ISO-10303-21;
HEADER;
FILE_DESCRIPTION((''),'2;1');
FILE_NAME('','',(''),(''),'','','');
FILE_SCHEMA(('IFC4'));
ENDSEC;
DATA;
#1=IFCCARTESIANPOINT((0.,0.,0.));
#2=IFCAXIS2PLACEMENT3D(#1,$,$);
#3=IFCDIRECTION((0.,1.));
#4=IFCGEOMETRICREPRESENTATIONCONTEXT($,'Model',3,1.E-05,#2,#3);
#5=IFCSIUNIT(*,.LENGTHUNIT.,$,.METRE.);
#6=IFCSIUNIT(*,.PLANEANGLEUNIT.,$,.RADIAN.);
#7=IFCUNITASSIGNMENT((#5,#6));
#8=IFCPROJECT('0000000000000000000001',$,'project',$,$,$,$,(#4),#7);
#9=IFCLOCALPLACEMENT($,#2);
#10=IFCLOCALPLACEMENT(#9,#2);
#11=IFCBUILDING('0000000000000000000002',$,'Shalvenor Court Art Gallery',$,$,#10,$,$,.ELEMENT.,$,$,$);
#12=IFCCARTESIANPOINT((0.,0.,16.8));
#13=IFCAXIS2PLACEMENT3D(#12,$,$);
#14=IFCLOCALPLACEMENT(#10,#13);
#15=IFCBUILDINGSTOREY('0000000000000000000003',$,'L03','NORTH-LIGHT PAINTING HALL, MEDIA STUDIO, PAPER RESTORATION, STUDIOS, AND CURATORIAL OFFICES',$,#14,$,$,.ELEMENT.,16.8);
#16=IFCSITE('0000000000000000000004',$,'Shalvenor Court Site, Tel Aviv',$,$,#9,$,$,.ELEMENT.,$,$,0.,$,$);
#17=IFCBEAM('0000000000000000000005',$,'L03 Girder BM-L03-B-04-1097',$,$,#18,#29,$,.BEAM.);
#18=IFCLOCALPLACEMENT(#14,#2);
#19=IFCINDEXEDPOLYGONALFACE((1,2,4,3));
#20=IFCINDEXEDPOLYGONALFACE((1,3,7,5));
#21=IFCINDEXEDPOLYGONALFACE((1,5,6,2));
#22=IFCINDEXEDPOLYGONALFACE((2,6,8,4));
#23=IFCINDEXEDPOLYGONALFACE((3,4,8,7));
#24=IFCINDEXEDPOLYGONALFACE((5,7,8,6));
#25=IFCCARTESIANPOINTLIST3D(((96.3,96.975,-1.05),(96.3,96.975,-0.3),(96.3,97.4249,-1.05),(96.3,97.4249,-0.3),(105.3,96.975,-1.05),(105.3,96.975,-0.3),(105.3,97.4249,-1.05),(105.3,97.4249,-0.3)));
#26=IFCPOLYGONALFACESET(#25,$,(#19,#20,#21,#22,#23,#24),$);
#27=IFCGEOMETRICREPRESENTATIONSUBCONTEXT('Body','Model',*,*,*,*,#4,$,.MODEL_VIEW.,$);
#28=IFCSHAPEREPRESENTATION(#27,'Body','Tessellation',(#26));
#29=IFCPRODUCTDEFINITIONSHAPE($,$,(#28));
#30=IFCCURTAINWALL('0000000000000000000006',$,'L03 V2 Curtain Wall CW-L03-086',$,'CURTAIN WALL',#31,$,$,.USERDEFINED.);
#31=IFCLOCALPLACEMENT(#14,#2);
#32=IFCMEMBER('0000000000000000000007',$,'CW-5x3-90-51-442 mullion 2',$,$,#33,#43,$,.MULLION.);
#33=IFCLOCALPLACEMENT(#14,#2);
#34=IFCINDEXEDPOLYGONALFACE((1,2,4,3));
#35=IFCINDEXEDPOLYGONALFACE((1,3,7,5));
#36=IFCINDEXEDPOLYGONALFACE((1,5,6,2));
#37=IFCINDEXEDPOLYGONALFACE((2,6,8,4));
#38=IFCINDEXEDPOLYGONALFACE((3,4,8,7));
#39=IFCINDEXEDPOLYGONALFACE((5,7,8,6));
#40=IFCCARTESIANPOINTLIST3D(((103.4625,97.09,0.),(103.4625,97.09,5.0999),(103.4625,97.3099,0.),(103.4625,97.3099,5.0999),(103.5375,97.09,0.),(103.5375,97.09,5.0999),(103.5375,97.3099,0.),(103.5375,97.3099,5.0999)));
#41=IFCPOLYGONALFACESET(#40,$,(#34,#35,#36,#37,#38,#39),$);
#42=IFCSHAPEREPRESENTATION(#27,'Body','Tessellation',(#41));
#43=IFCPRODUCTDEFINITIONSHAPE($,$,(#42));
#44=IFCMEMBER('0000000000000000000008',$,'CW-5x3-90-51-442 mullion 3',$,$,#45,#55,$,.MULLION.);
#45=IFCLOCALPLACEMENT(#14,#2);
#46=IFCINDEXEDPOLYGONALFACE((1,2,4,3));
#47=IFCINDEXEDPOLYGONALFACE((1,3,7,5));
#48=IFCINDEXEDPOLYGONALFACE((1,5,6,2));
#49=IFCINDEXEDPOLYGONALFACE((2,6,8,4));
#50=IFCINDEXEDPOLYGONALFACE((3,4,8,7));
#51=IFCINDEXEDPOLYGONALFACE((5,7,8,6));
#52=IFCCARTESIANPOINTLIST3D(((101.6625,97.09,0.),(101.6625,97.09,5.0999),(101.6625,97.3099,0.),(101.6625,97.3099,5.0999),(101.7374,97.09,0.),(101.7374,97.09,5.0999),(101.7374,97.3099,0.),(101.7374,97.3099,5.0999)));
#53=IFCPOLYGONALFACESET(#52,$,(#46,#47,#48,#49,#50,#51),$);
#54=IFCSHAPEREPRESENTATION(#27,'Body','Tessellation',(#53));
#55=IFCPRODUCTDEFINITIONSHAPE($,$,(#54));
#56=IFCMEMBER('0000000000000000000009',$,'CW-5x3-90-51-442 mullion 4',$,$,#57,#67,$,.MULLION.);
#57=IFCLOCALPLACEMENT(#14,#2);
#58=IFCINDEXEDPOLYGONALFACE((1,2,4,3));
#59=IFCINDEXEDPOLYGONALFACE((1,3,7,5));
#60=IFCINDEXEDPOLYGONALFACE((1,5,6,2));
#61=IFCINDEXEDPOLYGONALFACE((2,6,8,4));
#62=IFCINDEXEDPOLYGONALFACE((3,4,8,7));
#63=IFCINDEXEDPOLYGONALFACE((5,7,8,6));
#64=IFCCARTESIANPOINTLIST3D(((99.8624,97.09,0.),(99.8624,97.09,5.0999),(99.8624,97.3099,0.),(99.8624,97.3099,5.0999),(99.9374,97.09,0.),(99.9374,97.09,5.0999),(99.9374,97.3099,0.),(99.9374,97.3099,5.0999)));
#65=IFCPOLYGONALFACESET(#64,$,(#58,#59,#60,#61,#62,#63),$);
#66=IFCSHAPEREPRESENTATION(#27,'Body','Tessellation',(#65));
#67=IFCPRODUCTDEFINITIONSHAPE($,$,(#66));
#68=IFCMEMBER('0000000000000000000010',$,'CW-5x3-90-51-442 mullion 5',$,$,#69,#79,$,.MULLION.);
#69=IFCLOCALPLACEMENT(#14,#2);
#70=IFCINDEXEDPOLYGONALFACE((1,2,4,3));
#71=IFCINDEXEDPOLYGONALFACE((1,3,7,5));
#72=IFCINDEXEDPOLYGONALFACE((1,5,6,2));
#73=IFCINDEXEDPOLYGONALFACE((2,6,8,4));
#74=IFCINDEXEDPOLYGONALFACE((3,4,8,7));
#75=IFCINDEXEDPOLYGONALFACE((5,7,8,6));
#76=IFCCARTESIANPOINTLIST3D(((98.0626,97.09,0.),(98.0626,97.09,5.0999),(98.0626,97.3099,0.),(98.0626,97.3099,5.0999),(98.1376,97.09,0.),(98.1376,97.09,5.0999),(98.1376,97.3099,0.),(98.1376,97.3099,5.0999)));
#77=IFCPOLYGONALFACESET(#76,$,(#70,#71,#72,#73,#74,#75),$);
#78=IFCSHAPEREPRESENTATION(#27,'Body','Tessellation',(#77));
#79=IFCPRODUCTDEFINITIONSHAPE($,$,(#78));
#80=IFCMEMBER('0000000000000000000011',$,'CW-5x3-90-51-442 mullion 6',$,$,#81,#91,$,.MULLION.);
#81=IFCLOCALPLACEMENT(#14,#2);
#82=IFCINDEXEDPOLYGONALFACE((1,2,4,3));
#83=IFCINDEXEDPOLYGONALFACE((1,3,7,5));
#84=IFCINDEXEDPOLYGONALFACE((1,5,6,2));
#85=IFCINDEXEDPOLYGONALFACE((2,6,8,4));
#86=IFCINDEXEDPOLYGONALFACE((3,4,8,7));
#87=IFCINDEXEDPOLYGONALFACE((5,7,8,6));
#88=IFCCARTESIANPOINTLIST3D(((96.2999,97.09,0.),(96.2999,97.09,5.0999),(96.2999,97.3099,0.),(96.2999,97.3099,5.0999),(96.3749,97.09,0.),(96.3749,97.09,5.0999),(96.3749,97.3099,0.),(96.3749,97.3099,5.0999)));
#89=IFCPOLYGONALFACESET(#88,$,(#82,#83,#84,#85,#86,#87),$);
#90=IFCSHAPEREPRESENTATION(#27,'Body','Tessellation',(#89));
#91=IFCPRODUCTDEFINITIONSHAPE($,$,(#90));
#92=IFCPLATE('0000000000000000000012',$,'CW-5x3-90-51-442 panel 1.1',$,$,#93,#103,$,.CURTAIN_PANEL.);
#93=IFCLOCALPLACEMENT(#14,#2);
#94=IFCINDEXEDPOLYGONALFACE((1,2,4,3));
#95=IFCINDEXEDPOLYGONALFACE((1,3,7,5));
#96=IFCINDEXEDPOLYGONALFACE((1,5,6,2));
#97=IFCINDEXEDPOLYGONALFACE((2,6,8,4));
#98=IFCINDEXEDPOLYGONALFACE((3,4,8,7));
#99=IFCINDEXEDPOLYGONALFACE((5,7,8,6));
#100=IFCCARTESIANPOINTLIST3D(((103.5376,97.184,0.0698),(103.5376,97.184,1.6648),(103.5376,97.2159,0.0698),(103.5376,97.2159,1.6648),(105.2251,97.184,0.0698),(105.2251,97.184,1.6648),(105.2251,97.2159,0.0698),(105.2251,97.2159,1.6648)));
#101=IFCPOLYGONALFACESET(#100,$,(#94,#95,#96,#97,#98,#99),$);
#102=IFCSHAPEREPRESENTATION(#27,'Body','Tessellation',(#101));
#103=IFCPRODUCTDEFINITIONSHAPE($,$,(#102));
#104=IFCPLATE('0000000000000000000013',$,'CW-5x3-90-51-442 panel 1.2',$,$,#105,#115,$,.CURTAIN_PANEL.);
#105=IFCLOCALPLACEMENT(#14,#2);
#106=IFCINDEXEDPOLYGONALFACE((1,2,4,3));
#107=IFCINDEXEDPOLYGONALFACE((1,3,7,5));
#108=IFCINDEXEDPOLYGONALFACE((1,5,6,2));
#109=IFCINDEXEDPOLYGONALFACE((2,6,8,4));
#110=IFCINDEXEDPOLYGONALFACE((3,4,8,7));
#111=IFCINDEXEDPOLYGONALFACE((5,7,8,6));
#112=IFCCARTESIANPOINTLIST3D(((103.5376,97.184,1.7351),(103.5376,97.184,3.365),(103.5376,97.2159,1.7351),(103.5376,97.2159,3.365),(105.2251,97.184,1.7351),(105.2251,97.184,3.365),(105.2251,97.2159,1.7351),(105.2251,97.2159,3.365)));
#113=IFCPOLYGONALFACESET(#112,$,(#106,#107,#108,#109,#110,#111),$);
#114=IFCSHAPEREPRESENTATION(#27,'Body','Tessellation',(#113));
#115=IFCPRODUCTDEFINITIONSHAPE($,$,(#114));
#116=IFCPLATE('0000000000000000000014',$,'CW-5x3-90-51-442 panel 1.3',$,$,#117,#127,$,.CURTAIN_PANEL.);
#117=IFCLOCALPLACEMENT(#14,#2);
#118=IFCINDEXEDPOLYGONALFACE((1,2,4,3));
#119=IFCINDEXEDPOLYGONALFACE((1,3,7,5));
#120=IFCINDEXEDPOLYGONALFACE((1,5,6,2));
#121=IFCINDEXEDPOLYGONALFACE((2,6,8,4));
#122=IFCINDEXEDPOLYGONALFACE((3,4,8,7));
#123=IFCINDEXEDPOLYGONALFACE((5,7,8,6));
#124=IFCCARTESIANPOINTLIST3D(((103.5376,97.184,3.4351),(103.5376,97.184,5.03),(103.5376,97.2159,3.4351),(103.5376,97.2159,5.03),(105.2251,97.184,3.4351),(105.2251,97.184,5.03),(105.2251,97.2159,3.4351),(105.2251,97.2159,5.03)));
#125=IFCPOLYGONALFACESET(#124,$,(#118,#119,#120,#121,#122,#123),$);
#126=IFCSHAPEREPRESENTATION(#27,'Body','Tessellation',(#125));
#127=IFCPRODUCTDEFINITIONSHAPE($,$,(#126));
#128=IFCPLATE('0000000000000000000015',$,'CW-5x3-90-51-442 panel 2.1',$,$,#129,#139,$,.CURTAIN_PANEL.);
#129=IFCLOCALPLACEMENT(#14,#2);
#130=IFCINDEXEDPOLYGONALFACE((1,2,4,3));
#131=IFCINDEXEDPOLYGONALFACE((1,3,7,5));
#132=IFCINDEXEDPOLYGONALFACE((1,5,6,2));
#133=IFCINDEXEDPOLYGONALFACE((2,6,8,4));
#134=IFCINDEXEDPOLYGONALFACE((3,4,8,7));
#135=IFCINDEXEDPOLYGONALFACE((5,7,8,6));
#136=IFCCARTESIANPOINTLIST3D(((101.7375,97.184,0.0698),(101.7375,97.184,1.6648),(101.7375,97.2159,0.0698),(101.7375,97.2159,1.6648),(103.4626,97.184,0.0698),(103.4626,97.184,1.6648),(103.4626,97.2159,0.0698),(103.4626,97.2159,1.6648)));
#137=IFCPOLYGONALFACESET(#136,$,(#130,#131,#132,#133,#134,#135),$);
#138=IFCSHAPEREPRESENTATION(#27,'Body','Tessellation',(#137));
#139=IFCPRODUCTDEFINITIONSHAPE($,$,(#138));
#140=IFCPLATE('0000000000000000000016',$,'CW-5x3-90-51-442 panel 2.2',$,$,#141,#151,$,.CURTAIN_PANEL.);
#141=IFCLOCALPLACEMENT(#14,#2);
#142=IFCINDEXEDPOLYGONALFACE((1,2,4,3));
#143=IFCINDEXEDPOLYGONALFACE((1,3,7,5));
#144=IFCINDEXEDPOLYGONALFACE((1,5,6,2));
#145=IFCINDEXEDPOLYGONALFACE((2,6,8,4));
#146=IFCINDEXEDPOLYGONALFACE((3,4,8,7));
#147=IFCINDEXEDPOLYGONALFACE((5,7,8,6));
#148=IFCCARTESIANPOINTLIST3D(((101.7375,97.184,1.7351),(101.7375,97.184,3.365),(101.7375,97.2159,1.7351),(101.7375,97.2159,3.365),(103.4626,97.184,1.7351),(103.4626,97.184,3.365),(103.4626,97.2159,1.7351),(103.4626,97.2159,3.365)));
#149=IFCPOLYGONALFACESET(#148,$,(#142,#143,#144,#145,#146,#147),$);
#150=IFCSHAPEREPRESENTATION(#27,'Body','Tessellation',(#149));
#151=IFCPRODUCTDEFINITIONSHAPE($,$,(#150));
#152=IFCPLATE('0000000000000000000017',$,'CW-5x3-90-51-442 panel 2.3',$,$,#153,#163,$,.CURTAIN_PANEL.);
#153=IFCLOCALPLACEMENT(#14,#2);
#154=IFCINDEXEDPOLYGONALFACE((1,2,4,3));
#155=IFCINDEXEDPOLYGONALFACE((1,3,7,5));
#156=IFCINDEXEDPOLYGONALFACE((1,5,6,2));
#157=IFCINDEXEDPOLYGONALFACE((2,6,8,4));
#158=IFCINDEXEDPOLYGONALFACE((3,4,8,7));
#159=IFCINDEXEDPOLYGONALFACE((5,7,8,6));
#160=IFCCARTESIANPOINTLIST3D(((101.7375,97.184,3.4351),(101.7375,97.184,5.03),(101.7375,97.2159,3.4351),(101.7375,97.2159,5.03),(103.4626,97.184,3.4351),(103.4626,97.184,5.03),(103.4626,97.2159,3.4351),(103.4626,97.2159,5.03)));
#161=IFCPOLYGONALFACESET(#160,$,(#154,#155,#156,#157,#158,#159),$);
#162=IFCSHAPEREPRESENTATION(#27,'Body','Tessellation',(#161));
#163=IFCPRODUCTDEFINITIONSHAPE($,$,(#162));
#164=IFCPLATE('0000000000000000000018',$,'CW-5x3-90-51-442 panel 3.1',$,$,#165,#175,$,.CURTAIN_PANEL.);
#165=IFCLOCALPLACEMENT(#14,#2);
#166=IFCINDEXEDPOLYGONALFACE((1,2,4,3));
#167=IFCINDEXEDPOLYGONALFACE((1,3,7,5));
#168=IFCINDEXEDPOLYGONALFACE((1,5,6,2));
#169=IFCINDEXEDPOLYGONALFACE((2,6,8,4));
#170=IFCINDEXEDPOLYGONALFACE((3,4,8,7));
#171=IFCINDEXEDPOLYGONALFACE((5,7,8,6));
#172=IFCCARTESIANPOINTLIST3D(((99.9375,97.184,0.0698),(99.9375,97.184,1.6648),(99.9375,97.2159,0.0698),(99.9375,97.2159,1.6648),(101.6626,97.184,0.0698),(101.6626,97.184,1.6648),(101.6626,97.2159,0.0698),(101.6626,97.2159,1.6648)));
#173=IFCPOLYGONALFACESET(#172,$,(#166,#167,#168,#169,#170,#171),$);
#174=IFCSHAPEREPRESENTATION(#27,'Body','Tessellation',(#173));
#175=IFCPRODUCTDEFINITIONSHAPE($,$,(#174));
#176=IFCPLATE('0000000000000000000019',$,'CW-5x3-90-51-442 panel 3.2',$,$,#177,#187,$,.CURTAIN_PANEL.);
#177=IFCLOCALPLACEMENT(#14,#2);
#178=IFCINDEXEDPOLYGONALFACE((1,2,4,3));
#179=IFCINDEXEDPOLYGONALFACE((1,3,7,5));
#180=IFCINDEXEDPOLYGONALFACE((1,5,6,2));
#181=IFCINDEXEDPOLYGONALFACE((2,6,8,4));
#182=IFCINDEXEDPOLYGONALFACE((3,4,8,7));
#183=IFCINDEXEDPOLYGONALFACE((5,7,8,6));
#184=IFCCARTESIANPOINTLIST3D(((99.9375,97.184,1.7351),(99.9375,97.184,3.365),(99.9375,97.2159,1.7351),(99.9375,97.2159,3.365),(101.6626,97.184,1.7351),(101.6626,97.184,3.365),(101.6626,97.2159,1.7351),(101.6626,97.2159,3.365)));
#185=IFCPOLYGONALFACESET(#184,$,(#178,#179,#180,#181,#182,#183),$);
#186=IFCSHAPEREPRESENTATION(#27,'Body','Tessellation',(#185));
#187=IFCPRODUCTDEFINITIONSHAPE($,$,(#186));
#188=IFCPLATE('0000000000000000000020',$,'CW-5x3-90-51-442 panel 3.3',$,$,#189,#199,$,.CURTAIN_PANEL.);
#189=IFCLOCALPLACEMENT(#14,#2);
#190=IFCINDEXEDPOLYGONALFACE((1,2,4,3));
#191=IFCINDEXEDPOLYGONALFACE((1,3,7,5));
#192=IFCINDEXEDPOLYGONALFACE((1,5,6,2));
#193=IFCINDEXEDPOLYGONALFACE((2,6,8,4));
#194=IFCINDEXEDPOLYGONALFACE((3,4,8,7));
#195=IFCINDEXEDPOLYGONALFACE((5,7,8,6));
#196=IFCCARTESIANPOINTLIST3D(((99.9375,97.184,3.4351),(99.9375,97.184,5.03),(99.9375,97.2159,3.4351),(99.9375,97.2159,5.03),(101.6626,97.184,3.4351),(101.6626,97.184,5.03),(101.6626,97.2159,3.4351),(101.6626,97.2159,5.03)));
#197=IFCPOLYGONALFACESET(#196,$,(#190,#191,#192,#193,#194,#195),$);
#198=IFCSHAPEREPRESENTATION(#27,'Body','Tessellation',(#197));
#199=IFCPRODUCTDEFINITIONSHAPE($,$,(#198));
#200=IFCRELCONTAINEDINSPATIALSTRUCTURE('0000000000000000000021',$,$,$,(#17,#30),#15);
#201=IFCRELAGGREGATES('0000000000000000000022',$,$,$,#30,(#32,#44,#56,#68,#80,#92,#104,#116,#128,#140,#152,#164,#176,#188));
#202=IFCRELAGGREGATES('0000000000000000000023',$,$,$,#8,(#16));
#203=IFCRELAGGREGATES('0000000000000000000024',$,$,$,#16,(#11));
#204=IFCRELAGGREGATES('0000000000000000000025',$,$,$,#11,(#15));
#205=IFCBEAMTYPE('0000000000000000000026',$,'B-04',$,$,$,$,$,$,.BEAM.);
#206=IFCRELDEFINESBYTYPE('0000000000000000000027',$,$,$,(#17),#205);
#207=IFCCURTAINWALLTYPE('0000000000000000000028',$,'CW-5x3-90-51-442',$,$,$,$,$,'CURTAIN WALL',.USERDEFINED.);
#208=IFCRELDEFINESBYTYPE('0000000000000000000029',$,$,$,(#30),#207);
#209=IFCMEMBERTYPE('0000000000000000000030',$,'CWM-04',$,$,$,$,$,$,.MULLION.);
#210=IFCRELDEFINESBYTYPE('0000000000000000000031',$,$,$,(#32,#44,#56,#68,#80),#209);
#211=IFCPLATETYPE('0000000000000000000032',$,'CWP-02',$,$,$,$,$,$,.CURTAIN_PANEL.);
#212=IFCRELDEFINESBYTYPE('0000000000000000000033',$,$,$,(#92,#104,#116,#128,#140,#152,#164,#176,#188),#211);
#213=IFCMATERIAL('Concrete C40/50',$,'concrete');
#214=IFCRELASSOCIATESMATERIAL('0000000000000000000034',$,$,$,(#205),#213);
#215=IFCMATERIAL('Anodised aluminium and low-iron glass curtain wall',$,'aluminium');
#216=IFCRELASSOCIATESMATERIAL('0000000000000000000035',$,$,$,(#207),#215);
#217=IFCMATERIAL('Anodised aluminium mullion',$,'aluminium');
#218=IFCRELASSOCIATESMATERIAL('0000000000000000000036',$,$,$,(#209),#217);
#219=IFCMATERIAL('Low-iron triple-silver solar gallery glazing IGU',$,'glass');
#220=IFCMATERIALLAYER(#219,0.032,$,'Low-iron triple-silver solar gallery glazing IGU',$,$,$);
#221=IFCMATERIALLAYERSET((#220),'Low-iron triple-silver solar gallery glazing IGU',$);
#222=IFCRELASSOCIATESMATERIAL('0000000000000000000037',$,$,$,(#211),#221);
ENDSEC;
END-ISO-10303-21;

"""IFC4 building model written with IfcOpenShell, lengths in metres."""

from ifc_helpers import new_model, si_unit, direction, frame, origin, origin_2d, place, context, subcontext, project, spatial, rectangle, extrude, material, layer, layer_set, material_profile, profile_set, type_object, element, aggregate, save


model = new_model("IFC4")

# Units and contexts
model_context = context("Model", 3, precision=1e-05, world=origin(), true_north=direction((0.0, 1.0)))
body_context = subcontext(model_context, "Body", "Model", "MODEL_VIEW")
ifc_project = project(units=[si_unit("LENGTHUNIT", "METRE"), si_unit("PLANEANGLEUNIT", "RADIAN")], contexts=[model_context])

# Site, building, storey
site_placement = place(None, origin())
site = spatial("IfcSite", under=ifc_project, at=site_placement, Name="Shalvenor Court Site, Tel Aviv", CompositionType="ELEMENT", RefElevation=0.0)
building_placement = place(site_placement, origin())
building = spatial("IfcBuilding", under=site, at=building_placement, Name="Shalvenor Court Art Gallery", CompositionType="ELEMENT")
storey_placement = place(building_placement, frame((0.0, 0.0, 16.8)))
storey = spatial("IfcBuildingStorey", under=building, at=storey_placement, Name="L03", Description="NORTH-LIGHT PAINTING HALL, MEDIA STUDIO, PAPER RESTORATION, STUDIOS, AND CURATORIAL OFFICES", CompositionType="ELEMENT", Elevation=16.8)

# Beam
ifc_material_1 = material(Name="Concrete C40/50", Category="concrete")
ifc_material_profile_1 = material_profile(ifc_material_1, rectangle(XDim=0.45, YDim=0.75, at=origin_2d()), Name="RC 450x750")
ifc_profile_set_1 = profile_set([ifc_material_profile_1], Name="Concrete C40/50")
beam_type = type_object("IfcBeamType", Name="B-04", PredefinedType="BEAM", material=ifc_profile_set_1)
beam_placement = place(storey_placement, frame((96.3, 97.2, -0.675), z_axis=(1.0, 0.0, 0.0), x_axis=(0.0, 1.0, 0.0)))
element("IfcBeam", 1, at=beam_placement, inside=storey, type_object=beam_type, Name="L03 Girder BM-L03-B-04-1097", PredefinedType="BEAM", context=body_context, shape_type="SweptSolid", body=[
    extrude(rectangle(XDim=0.45, YDim=0.75, at=origin_2d()), origin(), (0.0, 0.0, 1.0), 9.0),
])

# Curtain wall, members, plates
ifc_material_2 = material(Name="Anodised aluminium and low-iron glass curtain wall", Category="aluminium")
curtain_wall_type = type_object("IfcCurtainWallType", Name="CW-5x3-90-51-442", ElementType="CURTAIN WALL", PredefinedType="USERDEFINED", material=ifc_material_2)
curtain_wall_placement = place(storey_placement, origin())
curtain_wall = element("IfcCurtainWall", 2, at=curtain_wall_placement, inside=storey, type_object=curtain_wall_type, Name="L03 V2 Curtain Wall CW-L03-086", ObjectType="CURTAIN WALL", PredefinedType="USERDEFINED")
ifc_material_3 = material(Name="Anodised aluminium mullion", Category="aluminium")
ifc_material_profile_2 = material_profile(ifc_material_3, rectangle(XDim=0.075, YDim=0.22, at=origin_2d()), Name="CWM-04")
ifc_profile_set_2 = profile_set([ifc_material_profile_2], Name="Anodised aluminium mullion")
member_type = type_object("IfcMemberType", Name="CWM-04", PredefinedType="MULLION", material=ifc_profile_set_2)
member_1_placement = place(storey_placement, frame((103.5, 97.2, 0.0), z_axis=(0.0, 0.0, 1.0), x_axis=(-1.0, 0.0, 0.0)))
member_1 = element("IfcMember", 3, at=member_1_placement, type_object=member_type, Name="CW-5x3-90-51-442 mullion 2", PredefinedType="MULLION", context=body_context, shape_type="SweptSolid", body=[
    extrude(rectangle(XDim=0.075, YDim=0.22, at=origin_2d()), origin(), (0.0, 0.0, 1.0), 5.0999),
])
member_2_placement = place(storey_placement, frame((101.7, 97.2, 0.0), z_axis=(0.0, 0.0, 1.0), x_axis=(-1.0, 0.0, 0.0)))
member_2 = element("IfcMember", 4, at=member_2_placement, type_object=member_type, Name="CW-5x3-90-51-442 mullion 3", PredefinedType="MULLION", context=body_context, shape_type="SweptSolid", body=[
    extrude(rectangle(XDim=0.075, YDim=0.22, at=origin_2d()), origin(), (0.0, 0.0, 1.0), 5.0999),
])
member_3_placement = place(storey_placement, frame((99.8999, 97.2, 0.0), z_axis=(0.0, 0.0, 1.0), x_axis=(-1.0, 0.0, 0.0)))
member_3 = element("IfcMember", 5, at=member_3_placement, type_object=member_type, Name="CW-5x3-90-51-442 mullion 4", PredefinedType="MULLION", context=body_context, shape_type="SweptSolid", body=[
    extrude(rectangle(XDim=0.075, YDim=0.22, at=origin_2d()), origin(), (0.0, 0.0, 1.0), 5.0999),
])
member_4_placement = place(storey_placement, frame((98.1001, 97.2, 0.0), z_axis=(0.0, 0.0, 1.0), x_axis=(-1.0, 0.0, 0.0)))
member_4 = element("IfcMember", 6, at=member_4_placement, type_object=member_type, Name="CW-5x3-90-51-442 mullion 5", PredefinedType="MULLION", context=body_context, shape_type="SweptSolid", body=[
    extrude(rectangle(XDim=0.075, YDim=0.22, at=origin_2d()), origin(), (0.0, 0.0, 1.0), 5.0999),
])
member_5_placement = place(storey_placement, frame((96.3374, 97.2, 0.0), z_axis=(0.0, 0.0, 1.0), x_axis=(-1.0, 0.0, 0.0)))
member_5 = element("IfcMember", 7, at=member_5_placement, type_object=member_type, Name="CW-5x3-90-51-442 mullion 6", PredefinedType="MULLION", context=body_context, shape_type="SweptSolid", body=[
    extrude(rectangle(XDim=0.075, YDim=0.22, at=origin_2d()), origin(), (0.0, 0.0, 1.0), 5.0999),
])
ifc_material_4 = material(Name="Low-iron triple-silver solar gallery glazing IGU", Category="glass")
ifc_layer_1 = layer(ifc_material_4, 0.032, Name="Low-iron triple-silver solar gallery glazing IGU")
ifc_layer_set_1 = layer_set([ifc_layer_1], Name="Low-iron triple-silver solar gallery glazing IGU")
plate_type_1 = type_object("IfcPlateType", Name="CWP-02", PredefinedType="CURTAIN_PANEL", material=ifc_layer_set_1)
plate_1_placement = place(storey_placement, frame((104.3813, 97.2, 0.0698), z_axis=(0.0, 0.0, 1.0), x_axis=(-1.0, 0.0, 0.0)))
plate_1 = element("IfcPlate", 8, at=plate_1_placement, type_object=plate_type_1, Name="CW-5x3-90-51-442 panel 1.1", PredefinedType="CURTAIN_PANEL", context=body_context, shape_type="SweptSolid", body=[
    extrude(rectangle(XDim=1.6875, YDim=0.032, at=origin_2d()), origin(), (0.0, 0.0, 1.0), 1.595),
])
plate_2_placement = place(storey_placement, frame((104.3813, 97.2, 1.7351), z_axis=(0.0, 0.0, 1.0), x_axis=(-1.0, 0.0, 0.0)))
plate_2 = element("IfcPlate", 9, at=plate_2_placement, type_object=plate_type_1, Name="CW-5x3-90-51-442 panel 1.2", PredefinedType="CURTAIN_PANEL", context=body_context, shape_type="SweptSolid", body=[
    extrude(rectangle(XDim=1.6875, YDim=0.032, at=origin_2d()), origin(), (0.0, 0.0, 1.0), 1.6299),
])
plate_3_placement = place(storey_placement, frame((104.3813, 97.2, 3.4351), z_axis=(0.0, 0.0, 1.0), x_axis=(-1.0, 0.0, 0.0)))
plate_3 = element("IfcPlate", 10, at=plate_3_placement, type_object=plate_type_1, Name="CW-5x3-90-51-442 panel 1.3", PredefinedType="CURTAIN_PANEL", context=body_context, shape_type="SweptSolid", body=[
    extrude(rectangle(XDim=1.6875, YDim=0.032, at=origin_2d()), origin(), (0.0, 0.0, 1.0), 1.595),
])
plate_4_placement = place(storey_placement, frame((102.6001, 97.2, 0.0698), z_axis=(0.0, 0.0, 1.0), x_axis=(-1.0, 0.0, 0.0)))
plate_4 = element("IfcPlate", 11, at=plate_4_placement, type_object=plate_type_1, Name="CW-5x3-90-51-442 panel 2.1", PredefinedType="CURTAIN_PANEL", context=body_context, shape_type="SweptSolid", body=[
    extrude(rectangle(XDim=1.7251, YDim=0.032, at=origin_2d()), origin(), (0.0, 0.0, 1.0), 1.595),
])
plate_5_placement = place(storey_placement, frame((102.6001, 97.2, 1.7351), z_axis=(0.0, 0.0, 1.0), x_axis=(-1.0, 0.0, 0.0)))
plate_5 = element("IfcPlate", 12, at=plate_5_placement, type_object=plate_type_1, Name="CW-5x3-90-51-442 panel 2.2", PredefinedType="CURTAIN_PANEL", context=body_context, shape_type="SweptSolid", body=[
    extrude(rectangle(XDim=1.7251, YDim=0.032, at=origin_2d()), origin(), (0.0, 0.0, 1.0), 1.6299),
])
plate_6_placement = place(storey_placement, frame((102.6001, 97.2, 3.4351), z_axis=(0.0, 0.0, 1.0), x_axis=(-1.0, 0.0, 0.0)))
plate_6 = element("IfcPlate", 13, at=plate_6_placement, type_object=plate_type_1, Name="CW-5x3-90-51-442 panel 2.3", PredefinedType="CURTAIN_PANEL", context=body_context, shape_type="SweptSolid", body=[
    extrude(rectangle(XDim=1.7251, YDim=0.032, at=origin_2d()), origin(), (0.0, 0.0, 1.0), 1.595),
])
plate_7_placement = place(storey_placement, frame((100.8, 97.2, 0.0698), z_axis=(0.0, 0.0, 1.0), x_axis=(-1.0, 0.0, 0.0)))
plate_7 = element("IfcPlate", 14, at=plate_7_placement, type_object=plate_type_1, Name="CW-5x3-90-51-442 panel 3.1", PredefinedType="CURTAIN_PANEL", context=body_context, shape_type="SweptSolid", body=[
    extrude(rectangle(XDim=1.7251, YDim=0.032, at=origin_2d()), origin(), (0.0, 0.0, 1.0), 1.595),
])
plate_8_placement = place(storey_placement, frame((100.8, 97.2, 1.7351), z_axis=(0.0, 0.0, 1.0), x_axis=(-1.0, 0.0, 0.0)))
plate_8 = element("IfcPlate", 15, at=plate_8_placement, type_object=plate_type_1, Name="CW-5x3-90-51-442 panel 3.2", PredefinedType="CURTAIN_PANEL", context=body_context, shape_type="SweptSolid", body=[
    extrude(rectangle(XDim=1.7251, YDim=0.032, at=origin_2d()), origin(), (0.0, 0.0, 1.0), 1.6299),
])
plate_9_placement = place(storey_placement, frame((100.8, 97.2, 3.4351), z_axis=(0.0, 0.0, 1.0), x_axis=(-1.0, 0.0, 0.0)))
plate_9 = element("IfcPlate", 16, at=plate_9_placement, type_object=plate_type_1, Name="CW-5x3-90-51-442 panel 3.3", PredefinedType="CURTAIN_PANEL", context=body_context, shape_type="SweptSolid", body=[
    extrude(rectangle(XDim=1.7251, YDim=0.032, at=origin_2d()), origin(), (0.0, 0.0, 1.0), 1.595),
])
aggregate(curtain_wall, [member_1, member_2, member_3, member_4, member_5, plate_1, plate_2, plate_3, plate_4, plate_5, plate_6, plate_7, plate_8, plate_9])

save(model, "model.ifc")
